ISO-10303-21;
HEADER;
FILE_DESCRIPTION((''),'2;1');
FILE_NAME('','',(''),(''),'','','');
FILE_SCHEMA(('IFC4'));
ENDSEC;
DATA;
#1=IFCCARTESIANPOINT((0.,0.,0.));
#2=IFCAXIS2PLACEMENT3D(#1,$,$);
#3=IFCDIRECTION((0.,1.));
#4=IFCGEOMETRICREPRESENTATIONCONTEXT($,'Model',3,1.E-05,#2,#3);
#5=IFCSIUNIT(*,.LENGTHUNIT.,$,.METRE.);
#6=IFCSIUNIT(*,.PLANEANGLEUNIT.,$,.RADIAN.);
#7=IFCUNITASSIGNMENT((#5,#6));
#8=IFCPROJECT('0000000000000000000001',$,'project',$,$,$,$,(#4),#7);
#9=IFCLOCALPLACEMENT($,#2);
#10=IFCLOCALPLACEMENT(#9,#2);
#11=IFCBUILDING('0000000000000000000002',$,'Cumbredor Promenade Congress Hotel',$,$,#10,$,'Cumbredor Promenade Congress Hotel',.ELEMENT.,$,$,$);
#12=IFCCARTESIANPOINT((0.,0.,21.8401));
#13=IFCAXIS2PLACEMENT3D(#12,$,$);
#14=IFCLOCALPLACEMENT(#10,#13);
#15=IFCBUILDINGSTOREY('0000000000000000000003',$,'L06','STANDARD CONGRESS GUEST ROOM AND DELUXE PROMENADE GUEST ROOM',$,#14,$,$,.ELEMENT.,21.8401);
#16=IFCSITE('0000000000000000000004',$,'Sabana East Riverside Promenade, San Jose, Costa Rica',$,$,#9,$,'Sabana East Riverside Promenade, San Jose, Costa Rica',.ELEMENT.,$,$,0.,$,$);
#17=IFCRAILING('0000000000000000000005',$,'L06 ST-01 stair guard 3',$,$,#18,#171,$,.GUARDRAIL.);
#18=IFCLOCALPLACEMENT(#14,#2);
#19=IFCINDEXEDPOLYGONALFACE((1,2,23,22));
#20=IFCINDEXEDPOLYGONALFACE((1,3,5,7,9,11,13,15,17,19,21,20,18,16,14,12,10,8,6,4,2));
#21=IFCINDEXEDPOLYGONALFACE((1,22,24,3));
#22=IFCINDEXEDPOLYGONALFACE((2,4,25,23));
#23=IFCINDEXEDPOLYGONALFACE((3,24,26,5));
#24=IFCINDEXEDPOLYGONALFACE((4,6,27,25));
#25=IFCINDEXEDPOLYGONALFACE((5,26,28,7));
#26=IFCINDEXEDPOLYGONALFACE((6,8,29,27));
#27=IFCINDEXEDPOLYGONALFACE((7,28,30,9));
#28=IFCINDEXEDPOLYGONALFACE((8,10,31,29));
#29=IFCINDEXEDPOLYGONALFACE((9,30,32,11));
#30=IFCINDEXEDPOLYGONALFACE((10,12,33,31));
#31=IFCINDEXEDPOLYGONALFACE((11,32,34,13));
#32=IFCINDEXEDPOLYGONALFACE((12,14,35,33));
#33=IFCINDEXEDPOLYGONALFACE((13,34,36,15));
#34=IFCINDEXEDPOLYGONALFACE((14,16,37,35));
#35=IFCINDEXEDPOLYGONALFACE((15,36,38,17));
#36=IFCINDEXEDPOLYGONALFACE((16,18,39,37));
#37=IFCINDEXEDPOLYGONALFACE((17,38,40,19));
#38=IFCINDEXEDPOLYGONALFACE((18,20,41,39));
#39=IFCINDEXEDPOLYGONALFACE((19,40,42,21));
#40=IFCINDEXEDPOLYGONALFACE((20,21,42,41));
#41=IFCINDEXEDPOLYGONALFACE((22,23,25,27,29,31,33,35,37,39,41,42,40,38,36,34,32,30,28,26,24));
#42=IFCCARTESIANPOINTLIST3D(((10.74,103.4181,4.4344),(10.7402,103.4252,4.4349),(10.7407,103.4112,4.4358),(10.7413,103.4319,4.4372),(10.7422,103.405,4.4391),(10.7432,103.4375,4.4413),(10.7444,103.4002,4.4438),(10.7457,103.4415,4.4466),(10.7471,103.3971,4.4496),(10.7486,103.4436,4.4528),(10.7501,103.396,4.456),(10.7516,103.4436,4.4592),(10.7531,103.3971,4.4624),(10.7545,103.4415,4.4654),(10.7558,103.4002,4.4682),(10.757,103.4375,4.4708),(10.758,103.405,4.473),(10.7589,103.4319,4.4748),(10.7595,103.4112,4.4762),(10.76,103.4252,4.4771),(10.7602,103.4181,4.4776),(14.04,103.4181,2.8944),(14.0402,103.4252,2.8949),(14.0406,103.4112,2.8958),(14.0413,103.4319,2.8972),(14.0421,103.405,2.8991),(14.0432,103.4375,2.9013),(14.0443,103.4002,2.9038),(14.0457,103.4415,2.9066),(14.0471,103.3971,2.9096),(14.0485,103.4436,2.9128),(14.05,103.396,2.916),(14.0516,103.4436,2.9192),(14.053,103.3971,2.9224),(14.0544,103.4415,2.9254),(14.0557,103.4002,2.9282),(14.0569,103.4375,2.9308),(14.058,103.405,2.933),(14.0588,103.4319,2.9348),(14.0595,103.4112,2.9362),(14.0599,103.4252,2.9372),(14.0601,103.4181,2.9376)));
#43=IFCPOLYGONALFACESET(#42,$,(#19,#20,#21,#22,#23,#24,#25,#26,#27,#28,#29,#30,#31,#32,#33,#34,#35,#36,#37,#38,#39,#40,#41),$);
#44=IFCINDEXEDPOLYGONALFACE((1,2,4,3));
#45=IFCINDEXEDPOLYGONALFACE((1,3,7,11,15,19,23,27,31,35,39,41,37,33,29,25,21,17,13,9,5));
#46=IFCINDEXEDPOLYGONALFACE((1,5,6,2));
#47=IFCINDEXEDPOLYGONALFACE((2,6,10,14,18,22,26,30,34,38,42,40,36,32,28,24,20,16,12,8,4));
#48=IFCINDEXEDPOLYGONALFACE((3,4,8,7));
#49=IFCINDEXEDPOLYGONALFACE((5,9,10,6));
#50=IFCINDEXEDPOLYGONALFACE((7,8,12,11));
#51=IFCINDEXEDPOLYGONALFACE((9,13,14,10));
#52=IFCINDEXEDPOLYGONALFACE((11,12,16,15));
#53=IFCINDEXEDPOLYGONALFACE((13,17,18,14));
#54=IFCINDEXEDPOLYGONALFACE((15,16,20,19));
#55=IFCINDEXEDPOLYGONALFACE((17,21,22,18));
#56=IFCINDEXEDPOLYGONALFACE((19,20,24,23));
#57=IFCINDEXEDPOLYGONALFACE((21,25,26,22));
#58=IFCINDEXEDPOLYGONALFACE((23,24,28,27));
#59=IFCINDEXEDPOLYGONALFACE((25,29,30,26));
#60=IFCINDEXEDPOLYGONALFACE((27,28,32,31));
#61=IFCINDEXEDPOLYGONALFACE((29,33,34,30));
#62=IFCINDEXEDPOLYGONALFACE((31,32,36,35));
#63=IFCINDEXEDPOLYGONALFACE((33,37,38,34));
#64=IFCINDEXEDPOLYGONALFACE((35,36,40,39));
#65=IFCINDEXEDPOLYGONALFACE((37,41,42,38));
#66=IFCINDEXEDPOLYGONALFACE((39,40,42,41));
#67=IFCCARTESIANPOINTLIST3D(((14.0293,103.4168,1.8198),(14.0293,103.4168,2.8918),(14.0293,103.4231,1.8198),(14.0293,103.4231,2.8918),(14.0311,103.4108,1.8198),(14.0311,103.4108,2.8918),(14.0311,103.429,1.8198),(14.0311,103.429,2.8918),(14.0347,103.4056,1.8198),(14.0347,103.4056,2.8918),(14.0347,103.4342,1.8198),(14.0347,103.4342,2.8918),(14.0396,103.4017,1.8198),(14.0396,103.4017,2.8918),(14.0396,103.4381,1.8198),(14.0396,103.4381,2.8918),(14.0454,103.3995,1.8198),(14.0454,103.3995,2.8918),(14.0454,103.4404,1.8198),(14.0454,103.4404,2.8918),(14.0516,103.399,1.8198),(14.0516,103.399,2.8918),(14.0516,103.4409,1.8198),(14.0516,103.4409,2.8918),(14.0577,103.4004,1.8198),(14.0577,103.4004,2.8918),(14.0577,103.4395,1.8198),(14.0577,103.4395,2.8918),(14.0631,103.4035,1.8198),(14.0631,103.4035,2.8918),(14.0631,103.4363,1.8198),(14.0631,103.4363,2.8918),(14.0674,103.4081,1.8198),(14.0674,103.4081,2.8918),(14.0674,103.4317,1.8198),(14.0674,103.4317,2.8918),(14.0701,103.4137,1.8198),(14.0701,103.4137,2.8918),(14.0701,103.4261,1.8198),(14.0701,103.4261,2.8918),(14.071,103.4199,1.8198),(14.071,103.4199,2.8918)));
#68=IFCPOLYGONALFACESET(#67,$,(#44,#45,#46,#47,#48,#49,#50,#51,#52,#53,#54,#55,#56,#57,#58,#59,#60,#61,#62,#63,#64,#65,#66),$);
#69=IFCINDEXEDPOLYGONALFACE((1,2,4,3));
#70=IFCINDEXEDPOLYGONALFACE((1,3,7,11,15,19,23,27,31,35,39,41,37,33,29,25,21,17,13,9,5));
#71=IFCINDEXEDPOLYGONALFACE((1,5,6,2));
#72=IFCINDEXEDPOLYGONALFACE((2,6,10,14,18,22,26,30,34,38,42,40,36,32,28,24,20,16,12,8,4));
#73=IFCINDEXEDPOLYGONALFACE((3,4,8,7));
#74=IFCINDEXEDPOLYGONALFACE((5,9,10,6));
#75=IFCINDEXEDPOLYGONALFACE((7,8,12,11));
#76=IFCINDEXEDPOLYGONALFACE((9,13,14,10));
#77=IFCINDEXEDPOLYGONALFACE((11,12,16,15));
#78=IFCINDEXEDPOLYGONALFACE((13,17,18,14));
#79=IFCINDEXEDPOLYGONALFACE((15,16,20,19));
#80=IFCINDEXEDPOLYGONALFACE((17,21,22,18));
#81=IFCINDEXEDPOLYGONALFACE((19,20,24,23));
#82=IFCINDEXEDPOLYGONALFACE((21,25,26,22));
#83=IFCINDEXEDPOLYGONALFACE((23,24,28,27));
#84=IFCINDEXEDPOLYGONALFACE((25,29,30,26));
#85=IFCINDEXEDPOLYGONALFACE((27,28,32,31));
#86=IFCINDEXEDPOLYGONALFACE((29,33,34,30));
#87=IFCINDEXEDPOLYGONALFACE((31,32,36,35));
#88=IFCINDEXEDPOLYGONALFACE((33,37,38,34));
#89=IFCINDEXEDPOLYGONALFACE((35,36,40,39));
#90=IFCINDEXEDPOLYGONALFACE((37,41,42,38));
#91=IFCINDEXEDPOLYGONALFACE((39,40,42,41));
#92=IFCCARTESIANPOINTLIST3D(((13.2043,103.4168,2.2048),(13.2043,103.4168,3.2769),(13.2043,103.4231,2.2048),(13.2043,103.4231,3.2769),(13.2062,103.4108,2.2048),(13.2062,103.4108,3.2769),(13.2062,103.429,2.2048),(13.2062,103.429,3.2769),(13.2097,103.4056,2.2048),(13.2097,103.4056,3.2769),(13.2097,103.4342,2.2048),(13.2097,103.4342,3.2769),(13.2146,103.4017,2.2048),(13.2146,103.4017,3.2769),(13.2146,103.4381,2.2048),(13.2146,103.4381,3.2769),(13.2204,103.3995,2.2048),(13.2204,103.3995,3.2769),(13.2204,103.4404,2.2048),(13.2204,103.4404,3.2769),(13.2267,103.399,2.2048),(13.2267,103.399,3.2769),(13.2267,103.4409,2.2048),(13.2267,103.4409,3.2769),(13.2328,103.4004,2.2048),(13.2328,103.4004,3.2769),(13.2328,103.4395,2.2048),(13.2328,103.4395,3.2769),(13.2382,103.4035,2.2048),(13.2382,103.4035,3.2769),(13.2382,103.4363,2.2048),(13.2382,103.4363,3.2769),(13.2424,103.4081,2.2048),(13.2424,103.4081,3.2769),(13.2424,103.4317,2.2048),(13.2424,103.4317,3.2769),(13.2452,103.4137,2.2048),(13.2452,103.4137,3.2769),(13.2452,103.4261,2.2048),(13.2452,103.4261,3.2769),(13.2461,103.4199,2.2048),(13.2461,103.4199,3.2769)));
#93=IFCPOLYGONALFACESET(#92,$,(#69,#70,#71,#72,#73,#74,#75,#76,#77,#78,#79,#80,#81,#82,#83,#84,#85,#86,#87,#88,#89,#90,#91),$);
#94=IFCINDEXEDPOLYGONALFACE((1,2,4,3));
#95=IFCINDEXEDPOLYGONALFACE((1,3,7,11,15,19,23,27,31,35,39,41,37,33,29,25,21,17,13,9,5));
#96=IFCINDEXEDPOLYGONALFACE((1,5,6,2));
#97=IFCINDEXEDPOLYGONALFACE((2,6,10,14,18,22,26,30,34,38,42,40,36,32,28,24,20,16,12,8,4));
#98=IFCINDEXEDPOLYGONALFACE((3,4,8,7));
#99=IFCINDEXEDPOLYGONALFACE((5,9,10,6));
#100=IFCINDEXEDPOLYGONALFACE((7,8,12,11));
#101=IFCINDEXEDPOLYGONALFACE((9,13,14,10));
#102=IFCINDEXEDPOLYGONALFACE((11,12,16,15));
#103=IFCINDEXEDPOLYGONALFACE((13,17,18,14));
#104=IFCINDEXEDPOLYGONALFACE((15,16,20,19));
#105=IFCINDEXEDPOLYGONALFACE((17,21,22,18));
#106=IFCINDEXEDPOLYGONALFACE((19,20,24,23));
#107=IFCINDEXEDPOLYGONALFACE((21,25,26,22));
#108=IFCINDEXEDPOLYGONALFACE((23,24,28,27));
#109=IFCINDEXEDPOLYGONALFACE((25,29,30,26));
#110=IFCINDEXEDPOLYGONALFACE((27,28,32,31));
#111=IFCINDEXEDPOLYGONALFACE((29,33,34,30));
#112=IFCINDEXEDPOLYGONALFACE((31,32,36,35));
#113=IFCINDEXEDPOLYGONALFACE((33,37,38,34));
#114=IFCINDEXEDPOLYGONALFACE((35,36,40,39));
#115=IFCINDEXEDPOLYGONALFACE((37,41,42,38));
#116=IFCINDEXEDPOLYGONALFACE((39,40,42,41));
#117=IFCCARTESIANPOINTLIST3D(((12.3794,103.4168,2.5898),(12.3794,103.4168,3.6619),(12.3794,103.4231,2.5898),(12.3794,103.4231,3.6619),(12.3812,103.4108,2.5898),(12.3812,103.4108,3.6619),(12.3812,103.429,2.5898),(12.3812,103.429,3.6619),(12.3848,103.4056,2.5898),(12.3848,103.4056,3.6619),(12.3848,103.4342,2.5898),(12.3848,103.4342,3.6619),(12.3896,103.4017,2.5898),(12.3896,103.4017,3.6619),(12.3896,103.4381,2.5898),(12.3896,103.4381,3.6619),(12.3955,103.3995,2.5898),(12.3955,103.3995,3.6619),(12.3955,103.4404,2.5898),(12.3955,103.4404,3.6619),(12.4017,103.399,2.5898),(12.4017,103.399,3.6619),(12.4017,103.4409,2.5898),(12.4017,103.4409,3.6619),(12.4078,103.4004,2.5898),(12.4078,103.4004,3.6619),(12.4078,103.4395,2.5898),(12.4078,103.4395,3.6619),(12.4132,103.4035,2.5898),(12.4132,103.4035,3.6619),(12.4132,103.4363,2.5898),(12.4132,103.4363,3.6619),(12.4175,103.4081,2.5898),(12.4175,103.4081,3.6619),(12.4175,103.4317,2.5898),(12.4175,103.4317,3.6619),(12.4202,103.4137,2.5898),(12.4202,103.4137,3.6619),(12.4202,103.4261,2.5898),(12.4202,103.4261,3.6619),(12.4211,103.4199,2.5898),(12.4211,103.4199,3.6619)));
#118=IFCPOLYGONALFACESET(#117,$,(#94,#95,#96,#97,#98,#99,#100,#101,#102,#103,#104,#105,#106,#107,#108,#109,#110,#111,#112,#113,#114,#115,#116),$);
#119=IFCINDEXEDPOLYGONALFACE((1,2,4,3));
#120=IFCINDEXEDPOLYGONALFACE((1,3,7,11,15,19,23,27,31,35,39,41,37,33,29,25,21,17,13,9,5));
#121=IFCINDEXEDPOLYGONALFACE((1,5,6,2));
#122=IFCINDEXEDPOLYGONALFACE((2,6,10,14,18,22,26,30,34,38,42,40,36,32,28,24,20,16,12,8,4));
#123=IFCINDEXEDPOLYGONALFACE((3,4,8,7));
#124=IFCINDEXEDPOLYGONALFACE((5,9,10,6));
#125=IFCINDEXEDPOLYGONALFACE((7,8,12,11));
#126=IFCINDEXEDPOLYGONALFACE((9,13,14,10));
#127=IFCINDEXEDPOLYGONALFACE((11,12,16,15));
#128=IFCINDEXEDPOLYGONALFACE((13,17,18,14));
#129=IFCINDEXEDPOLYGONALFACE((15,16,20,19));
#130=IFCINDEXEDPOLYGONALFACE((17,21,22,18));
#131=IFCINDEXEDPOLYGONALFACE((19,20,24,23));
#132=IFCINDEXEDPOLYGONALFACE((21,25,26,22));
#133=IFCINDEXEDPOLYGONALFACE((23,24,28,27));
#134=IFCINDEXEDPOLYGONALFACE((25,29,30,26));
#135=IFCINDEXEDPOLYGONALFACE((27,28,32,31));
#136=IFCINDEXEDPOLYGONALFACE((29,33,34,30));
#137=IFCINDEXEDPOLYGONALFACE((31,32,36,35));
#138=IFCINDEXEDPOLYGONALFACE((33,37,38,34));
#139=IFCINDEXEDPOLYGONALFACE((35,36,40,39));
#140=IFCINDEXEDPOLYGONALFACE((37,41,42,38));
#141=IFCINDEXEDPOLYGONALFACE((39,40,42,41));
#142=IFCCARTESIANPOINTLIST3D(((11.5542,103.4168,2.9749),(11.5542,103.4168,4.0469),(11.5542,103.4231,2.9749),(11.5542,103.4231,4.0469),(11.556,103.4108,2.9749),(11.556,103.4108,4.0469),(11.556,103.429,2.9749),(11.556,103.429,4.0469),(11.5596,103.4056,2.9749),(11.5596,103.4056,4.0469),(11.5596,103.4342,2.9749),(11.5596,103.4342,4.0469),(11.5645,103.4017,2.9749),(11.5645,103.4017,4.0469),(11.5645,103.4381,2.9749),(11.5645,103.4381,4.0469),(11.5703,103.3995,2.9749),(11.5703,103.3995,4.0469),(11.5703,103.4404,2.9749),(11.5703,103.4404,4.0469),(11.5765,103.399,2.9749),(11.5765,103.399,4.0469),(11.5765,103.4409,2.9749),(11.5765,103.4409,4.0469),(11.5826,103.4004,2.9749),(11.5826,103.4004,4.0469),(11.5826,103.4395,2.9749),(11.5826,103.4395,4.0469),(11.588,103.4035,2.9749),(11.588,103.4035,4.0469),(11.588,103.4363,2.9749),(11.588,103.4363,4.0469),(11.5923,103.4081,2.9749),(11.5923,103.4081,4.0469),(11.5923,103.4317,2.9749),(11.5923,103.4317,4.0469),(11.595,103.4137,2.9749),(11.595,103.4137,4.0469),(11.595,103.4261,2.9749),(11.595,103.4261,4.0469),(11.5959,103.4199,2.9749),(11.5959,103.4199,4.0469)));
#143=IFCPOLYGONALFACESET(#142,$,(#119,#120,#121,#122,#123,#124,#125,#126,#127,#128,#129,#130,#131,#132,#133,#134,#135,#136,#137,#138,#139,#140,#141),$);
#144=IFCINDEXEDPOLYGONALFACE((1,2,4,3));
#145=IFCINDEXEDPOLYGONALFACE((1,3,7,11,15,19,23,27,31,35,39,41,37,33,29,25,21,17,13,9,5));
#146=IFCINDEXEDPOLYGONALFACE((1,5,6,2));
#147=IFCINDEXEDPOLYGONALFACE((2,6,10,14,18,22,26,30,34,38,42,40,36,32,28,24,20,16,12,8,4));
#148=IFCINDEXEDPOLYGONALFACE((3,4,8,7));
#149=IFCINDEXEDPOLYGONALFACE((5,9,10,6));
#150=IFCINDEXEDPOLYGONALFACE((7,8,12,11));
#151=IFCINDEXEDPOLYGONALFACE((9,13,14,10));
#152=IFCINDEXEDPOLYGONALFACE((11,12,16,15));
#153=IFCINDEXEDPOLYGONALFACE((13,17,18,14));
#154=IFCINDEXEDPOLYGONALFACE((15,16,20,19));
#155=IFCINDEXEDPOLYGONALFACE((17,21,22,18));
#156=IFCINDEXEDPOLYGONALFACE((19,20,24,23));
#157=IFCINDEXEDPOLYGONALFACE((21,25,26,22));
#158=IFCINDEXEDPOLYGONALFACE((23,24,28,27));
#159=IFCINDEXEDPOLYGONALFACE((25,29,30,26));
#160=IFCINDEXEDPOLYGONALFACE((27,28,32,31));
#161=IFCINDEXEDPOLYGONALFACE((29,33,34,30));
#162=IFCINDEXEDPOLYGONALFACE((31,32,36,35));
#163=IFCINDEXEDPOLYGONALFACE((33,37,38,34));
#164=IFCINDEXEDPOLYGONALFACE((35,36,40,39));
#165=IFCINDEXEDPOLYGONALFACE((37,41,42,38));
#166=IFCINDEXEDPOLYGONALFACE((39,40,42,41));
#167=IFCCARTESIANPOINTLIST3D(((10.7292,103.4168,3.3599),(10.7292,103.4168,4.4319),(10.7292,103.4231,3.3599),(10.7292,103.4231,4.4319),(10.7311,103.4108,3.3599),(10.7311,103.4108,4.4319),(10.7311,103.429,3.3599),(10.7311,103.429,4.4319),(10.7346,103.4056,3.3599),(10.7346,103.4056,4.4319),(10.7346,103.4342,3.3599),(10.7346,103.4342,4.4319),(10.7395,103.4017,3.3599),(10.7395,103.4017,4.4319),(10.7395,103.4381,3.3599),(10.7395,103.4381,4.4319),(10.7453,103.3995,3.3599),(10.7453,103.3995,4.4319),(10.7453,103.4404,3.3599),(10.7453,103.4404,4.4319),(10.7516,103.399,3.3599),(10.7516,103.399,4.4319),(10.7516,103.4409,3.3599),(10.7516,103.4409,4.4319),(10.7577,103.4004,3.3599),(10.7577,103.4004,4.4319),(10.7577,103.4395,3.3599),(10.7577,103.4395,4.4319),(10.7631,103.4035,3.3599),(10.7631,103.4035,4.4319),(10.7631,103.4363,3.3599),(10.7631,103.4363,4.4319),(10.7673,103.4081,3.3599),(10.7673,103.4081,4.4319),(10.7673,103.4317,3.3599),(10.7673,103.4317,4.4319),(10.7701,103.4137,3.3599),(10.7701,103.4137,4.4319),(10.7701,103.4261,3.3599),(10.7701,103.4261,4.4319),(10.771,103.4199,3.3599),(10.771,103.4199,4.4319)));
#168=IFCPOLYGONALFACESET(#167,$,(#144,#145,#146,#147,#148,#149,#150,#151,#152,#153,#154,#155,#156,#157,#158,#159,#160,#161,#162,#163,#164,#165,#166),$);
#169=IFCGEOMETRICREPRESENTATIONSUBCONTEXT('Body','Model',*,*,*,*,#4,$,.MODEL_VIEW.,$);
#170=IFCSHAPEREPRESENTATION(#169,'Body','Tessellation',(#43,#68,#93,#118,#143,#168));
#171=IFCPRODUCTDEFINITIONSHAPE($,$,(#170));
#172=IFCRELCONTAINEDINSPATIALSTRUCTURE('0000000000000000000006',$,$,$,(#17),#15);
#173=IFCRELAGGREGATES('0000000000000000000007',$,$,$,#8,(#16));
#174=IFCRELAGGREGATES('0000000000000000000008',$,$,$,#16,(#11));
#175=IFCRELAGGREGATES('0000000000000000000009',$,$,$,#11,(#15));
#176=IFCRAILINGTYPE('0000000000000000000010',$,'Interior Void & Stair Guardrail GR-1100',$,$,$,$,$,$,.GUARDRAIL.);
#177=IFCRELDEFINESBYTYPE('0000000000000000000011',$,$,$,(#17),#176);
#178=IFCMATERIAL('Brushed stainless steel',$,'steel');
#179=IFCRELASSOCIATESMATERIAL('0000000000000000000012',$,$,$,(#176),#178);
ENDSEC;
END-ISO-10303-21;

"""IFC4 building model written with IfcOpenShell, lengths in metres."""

from ifc_helpers import new_model, si_unit, direction, frame, origin, origin_2d, place, context, subcontext, project, spatial, circle, extrude, material, type_object, element, save


model = new_model("IFC4")

# Units and contexts
model_context = context("Model", 3, precision=1e-05, world=origin(), true_north=direction((0.0, 1.0)))
body_context = subcontext(model_context, "Body", "Model", "MODEL_VIEW")
ifc_project = project(units=[si_unit("LENGTHUNIT", "METRE"), si_unit("PLANEANGLEUNIT", "RADIAN")], contexts=[model_context])

# Site, building, storey
site_placement = place(None, origin())
site = spatial("IfcSite", under=ifc_project, at=site_placement, Name="Sabana East Riverside Promenade, San Jose, Costa Rica", LongName="Sabana East Riverside Promenade, San Jose, Costa Rica", CompositionType="ELEMENT", RefElevation=0.0)
building_placement = place(site_placement, origin())
building = spatial("IfcBuilding", under=site, at=building_placement, Name="Cumbredor Promenade Congress Hotel", LongName="Cumbredor Promenade Congress Hotel", CompositionType="ELEMENT")
storey_placement = place(building_placement, frame((0.0, 0.0, 21.8401)))
storey = spatial("IfcBuildingStorey", under=building, at=storey_placement, Name="L06", Description="STANDARD CONGRESS GUEST ROOM AND DELUXE PROMENADE GUEST ROOM", CompositionType="ELEMENT", Elevation=21.8401)

# Railing
ifc_material_1 = material(Name="Brushed stainless steel", Category="steel")
railing_type_1 = type_object("IfcRailingType", Name="Interior Void & Stair Guardrail GR-1100", PredefinedType="GUARDRAIL", material=ifc_material_1)
railing_1_placement = place(storey_placement, frame((14.05, 103.4199, 1.8198)))
element("IfcRailing", 1, at=railing_1_placement, inside=storey, type_object=railing_type_1, Name="L06 ST-01 stair guard 3", PredefinedType="GUARDRAIL", context=body_context, shape_type="SweptSolid", body=[
    extrude(circle(Radius=0.0239, at=origin_2d()), frame((0.0, 0.0, 1.0962), z_axis=(-0.906181, 0.0, 0.422889), x_axis=(0.0, -1.0, 0.0)), (0.0, 0.0, 1.0), 3.6416),
    extrude(circle(Radius=0.021, at=origin_2d()), origin(), (0.0, 0.0, 1.0), 1.072),
    extrude(circle(Radius=0.021, at=origin_2d()), frame((-0.825, 0.0, 0.385)), (0.0, 0.0, 1.0), 1.072),
    extrude(circle(Radius=0.021, at=origin_2d()), frame((-1.6499, 0.0, 0.77)), (0.0, 0.0, 1.0), 1.072),
    extrude(circle(Radius=0.021, at=origin_2d()), frame((-2.4751, 0.0, 1.155)), (0.0, 0.0, 1.0), 1.072),
    extrude(circle(Radius=0.021, at=origin_2d()), frame((-3.3, 0.0, 1.54)), (0.0, 0.0, 1.0), 1.072),
])

save(model, "model.ifc")
